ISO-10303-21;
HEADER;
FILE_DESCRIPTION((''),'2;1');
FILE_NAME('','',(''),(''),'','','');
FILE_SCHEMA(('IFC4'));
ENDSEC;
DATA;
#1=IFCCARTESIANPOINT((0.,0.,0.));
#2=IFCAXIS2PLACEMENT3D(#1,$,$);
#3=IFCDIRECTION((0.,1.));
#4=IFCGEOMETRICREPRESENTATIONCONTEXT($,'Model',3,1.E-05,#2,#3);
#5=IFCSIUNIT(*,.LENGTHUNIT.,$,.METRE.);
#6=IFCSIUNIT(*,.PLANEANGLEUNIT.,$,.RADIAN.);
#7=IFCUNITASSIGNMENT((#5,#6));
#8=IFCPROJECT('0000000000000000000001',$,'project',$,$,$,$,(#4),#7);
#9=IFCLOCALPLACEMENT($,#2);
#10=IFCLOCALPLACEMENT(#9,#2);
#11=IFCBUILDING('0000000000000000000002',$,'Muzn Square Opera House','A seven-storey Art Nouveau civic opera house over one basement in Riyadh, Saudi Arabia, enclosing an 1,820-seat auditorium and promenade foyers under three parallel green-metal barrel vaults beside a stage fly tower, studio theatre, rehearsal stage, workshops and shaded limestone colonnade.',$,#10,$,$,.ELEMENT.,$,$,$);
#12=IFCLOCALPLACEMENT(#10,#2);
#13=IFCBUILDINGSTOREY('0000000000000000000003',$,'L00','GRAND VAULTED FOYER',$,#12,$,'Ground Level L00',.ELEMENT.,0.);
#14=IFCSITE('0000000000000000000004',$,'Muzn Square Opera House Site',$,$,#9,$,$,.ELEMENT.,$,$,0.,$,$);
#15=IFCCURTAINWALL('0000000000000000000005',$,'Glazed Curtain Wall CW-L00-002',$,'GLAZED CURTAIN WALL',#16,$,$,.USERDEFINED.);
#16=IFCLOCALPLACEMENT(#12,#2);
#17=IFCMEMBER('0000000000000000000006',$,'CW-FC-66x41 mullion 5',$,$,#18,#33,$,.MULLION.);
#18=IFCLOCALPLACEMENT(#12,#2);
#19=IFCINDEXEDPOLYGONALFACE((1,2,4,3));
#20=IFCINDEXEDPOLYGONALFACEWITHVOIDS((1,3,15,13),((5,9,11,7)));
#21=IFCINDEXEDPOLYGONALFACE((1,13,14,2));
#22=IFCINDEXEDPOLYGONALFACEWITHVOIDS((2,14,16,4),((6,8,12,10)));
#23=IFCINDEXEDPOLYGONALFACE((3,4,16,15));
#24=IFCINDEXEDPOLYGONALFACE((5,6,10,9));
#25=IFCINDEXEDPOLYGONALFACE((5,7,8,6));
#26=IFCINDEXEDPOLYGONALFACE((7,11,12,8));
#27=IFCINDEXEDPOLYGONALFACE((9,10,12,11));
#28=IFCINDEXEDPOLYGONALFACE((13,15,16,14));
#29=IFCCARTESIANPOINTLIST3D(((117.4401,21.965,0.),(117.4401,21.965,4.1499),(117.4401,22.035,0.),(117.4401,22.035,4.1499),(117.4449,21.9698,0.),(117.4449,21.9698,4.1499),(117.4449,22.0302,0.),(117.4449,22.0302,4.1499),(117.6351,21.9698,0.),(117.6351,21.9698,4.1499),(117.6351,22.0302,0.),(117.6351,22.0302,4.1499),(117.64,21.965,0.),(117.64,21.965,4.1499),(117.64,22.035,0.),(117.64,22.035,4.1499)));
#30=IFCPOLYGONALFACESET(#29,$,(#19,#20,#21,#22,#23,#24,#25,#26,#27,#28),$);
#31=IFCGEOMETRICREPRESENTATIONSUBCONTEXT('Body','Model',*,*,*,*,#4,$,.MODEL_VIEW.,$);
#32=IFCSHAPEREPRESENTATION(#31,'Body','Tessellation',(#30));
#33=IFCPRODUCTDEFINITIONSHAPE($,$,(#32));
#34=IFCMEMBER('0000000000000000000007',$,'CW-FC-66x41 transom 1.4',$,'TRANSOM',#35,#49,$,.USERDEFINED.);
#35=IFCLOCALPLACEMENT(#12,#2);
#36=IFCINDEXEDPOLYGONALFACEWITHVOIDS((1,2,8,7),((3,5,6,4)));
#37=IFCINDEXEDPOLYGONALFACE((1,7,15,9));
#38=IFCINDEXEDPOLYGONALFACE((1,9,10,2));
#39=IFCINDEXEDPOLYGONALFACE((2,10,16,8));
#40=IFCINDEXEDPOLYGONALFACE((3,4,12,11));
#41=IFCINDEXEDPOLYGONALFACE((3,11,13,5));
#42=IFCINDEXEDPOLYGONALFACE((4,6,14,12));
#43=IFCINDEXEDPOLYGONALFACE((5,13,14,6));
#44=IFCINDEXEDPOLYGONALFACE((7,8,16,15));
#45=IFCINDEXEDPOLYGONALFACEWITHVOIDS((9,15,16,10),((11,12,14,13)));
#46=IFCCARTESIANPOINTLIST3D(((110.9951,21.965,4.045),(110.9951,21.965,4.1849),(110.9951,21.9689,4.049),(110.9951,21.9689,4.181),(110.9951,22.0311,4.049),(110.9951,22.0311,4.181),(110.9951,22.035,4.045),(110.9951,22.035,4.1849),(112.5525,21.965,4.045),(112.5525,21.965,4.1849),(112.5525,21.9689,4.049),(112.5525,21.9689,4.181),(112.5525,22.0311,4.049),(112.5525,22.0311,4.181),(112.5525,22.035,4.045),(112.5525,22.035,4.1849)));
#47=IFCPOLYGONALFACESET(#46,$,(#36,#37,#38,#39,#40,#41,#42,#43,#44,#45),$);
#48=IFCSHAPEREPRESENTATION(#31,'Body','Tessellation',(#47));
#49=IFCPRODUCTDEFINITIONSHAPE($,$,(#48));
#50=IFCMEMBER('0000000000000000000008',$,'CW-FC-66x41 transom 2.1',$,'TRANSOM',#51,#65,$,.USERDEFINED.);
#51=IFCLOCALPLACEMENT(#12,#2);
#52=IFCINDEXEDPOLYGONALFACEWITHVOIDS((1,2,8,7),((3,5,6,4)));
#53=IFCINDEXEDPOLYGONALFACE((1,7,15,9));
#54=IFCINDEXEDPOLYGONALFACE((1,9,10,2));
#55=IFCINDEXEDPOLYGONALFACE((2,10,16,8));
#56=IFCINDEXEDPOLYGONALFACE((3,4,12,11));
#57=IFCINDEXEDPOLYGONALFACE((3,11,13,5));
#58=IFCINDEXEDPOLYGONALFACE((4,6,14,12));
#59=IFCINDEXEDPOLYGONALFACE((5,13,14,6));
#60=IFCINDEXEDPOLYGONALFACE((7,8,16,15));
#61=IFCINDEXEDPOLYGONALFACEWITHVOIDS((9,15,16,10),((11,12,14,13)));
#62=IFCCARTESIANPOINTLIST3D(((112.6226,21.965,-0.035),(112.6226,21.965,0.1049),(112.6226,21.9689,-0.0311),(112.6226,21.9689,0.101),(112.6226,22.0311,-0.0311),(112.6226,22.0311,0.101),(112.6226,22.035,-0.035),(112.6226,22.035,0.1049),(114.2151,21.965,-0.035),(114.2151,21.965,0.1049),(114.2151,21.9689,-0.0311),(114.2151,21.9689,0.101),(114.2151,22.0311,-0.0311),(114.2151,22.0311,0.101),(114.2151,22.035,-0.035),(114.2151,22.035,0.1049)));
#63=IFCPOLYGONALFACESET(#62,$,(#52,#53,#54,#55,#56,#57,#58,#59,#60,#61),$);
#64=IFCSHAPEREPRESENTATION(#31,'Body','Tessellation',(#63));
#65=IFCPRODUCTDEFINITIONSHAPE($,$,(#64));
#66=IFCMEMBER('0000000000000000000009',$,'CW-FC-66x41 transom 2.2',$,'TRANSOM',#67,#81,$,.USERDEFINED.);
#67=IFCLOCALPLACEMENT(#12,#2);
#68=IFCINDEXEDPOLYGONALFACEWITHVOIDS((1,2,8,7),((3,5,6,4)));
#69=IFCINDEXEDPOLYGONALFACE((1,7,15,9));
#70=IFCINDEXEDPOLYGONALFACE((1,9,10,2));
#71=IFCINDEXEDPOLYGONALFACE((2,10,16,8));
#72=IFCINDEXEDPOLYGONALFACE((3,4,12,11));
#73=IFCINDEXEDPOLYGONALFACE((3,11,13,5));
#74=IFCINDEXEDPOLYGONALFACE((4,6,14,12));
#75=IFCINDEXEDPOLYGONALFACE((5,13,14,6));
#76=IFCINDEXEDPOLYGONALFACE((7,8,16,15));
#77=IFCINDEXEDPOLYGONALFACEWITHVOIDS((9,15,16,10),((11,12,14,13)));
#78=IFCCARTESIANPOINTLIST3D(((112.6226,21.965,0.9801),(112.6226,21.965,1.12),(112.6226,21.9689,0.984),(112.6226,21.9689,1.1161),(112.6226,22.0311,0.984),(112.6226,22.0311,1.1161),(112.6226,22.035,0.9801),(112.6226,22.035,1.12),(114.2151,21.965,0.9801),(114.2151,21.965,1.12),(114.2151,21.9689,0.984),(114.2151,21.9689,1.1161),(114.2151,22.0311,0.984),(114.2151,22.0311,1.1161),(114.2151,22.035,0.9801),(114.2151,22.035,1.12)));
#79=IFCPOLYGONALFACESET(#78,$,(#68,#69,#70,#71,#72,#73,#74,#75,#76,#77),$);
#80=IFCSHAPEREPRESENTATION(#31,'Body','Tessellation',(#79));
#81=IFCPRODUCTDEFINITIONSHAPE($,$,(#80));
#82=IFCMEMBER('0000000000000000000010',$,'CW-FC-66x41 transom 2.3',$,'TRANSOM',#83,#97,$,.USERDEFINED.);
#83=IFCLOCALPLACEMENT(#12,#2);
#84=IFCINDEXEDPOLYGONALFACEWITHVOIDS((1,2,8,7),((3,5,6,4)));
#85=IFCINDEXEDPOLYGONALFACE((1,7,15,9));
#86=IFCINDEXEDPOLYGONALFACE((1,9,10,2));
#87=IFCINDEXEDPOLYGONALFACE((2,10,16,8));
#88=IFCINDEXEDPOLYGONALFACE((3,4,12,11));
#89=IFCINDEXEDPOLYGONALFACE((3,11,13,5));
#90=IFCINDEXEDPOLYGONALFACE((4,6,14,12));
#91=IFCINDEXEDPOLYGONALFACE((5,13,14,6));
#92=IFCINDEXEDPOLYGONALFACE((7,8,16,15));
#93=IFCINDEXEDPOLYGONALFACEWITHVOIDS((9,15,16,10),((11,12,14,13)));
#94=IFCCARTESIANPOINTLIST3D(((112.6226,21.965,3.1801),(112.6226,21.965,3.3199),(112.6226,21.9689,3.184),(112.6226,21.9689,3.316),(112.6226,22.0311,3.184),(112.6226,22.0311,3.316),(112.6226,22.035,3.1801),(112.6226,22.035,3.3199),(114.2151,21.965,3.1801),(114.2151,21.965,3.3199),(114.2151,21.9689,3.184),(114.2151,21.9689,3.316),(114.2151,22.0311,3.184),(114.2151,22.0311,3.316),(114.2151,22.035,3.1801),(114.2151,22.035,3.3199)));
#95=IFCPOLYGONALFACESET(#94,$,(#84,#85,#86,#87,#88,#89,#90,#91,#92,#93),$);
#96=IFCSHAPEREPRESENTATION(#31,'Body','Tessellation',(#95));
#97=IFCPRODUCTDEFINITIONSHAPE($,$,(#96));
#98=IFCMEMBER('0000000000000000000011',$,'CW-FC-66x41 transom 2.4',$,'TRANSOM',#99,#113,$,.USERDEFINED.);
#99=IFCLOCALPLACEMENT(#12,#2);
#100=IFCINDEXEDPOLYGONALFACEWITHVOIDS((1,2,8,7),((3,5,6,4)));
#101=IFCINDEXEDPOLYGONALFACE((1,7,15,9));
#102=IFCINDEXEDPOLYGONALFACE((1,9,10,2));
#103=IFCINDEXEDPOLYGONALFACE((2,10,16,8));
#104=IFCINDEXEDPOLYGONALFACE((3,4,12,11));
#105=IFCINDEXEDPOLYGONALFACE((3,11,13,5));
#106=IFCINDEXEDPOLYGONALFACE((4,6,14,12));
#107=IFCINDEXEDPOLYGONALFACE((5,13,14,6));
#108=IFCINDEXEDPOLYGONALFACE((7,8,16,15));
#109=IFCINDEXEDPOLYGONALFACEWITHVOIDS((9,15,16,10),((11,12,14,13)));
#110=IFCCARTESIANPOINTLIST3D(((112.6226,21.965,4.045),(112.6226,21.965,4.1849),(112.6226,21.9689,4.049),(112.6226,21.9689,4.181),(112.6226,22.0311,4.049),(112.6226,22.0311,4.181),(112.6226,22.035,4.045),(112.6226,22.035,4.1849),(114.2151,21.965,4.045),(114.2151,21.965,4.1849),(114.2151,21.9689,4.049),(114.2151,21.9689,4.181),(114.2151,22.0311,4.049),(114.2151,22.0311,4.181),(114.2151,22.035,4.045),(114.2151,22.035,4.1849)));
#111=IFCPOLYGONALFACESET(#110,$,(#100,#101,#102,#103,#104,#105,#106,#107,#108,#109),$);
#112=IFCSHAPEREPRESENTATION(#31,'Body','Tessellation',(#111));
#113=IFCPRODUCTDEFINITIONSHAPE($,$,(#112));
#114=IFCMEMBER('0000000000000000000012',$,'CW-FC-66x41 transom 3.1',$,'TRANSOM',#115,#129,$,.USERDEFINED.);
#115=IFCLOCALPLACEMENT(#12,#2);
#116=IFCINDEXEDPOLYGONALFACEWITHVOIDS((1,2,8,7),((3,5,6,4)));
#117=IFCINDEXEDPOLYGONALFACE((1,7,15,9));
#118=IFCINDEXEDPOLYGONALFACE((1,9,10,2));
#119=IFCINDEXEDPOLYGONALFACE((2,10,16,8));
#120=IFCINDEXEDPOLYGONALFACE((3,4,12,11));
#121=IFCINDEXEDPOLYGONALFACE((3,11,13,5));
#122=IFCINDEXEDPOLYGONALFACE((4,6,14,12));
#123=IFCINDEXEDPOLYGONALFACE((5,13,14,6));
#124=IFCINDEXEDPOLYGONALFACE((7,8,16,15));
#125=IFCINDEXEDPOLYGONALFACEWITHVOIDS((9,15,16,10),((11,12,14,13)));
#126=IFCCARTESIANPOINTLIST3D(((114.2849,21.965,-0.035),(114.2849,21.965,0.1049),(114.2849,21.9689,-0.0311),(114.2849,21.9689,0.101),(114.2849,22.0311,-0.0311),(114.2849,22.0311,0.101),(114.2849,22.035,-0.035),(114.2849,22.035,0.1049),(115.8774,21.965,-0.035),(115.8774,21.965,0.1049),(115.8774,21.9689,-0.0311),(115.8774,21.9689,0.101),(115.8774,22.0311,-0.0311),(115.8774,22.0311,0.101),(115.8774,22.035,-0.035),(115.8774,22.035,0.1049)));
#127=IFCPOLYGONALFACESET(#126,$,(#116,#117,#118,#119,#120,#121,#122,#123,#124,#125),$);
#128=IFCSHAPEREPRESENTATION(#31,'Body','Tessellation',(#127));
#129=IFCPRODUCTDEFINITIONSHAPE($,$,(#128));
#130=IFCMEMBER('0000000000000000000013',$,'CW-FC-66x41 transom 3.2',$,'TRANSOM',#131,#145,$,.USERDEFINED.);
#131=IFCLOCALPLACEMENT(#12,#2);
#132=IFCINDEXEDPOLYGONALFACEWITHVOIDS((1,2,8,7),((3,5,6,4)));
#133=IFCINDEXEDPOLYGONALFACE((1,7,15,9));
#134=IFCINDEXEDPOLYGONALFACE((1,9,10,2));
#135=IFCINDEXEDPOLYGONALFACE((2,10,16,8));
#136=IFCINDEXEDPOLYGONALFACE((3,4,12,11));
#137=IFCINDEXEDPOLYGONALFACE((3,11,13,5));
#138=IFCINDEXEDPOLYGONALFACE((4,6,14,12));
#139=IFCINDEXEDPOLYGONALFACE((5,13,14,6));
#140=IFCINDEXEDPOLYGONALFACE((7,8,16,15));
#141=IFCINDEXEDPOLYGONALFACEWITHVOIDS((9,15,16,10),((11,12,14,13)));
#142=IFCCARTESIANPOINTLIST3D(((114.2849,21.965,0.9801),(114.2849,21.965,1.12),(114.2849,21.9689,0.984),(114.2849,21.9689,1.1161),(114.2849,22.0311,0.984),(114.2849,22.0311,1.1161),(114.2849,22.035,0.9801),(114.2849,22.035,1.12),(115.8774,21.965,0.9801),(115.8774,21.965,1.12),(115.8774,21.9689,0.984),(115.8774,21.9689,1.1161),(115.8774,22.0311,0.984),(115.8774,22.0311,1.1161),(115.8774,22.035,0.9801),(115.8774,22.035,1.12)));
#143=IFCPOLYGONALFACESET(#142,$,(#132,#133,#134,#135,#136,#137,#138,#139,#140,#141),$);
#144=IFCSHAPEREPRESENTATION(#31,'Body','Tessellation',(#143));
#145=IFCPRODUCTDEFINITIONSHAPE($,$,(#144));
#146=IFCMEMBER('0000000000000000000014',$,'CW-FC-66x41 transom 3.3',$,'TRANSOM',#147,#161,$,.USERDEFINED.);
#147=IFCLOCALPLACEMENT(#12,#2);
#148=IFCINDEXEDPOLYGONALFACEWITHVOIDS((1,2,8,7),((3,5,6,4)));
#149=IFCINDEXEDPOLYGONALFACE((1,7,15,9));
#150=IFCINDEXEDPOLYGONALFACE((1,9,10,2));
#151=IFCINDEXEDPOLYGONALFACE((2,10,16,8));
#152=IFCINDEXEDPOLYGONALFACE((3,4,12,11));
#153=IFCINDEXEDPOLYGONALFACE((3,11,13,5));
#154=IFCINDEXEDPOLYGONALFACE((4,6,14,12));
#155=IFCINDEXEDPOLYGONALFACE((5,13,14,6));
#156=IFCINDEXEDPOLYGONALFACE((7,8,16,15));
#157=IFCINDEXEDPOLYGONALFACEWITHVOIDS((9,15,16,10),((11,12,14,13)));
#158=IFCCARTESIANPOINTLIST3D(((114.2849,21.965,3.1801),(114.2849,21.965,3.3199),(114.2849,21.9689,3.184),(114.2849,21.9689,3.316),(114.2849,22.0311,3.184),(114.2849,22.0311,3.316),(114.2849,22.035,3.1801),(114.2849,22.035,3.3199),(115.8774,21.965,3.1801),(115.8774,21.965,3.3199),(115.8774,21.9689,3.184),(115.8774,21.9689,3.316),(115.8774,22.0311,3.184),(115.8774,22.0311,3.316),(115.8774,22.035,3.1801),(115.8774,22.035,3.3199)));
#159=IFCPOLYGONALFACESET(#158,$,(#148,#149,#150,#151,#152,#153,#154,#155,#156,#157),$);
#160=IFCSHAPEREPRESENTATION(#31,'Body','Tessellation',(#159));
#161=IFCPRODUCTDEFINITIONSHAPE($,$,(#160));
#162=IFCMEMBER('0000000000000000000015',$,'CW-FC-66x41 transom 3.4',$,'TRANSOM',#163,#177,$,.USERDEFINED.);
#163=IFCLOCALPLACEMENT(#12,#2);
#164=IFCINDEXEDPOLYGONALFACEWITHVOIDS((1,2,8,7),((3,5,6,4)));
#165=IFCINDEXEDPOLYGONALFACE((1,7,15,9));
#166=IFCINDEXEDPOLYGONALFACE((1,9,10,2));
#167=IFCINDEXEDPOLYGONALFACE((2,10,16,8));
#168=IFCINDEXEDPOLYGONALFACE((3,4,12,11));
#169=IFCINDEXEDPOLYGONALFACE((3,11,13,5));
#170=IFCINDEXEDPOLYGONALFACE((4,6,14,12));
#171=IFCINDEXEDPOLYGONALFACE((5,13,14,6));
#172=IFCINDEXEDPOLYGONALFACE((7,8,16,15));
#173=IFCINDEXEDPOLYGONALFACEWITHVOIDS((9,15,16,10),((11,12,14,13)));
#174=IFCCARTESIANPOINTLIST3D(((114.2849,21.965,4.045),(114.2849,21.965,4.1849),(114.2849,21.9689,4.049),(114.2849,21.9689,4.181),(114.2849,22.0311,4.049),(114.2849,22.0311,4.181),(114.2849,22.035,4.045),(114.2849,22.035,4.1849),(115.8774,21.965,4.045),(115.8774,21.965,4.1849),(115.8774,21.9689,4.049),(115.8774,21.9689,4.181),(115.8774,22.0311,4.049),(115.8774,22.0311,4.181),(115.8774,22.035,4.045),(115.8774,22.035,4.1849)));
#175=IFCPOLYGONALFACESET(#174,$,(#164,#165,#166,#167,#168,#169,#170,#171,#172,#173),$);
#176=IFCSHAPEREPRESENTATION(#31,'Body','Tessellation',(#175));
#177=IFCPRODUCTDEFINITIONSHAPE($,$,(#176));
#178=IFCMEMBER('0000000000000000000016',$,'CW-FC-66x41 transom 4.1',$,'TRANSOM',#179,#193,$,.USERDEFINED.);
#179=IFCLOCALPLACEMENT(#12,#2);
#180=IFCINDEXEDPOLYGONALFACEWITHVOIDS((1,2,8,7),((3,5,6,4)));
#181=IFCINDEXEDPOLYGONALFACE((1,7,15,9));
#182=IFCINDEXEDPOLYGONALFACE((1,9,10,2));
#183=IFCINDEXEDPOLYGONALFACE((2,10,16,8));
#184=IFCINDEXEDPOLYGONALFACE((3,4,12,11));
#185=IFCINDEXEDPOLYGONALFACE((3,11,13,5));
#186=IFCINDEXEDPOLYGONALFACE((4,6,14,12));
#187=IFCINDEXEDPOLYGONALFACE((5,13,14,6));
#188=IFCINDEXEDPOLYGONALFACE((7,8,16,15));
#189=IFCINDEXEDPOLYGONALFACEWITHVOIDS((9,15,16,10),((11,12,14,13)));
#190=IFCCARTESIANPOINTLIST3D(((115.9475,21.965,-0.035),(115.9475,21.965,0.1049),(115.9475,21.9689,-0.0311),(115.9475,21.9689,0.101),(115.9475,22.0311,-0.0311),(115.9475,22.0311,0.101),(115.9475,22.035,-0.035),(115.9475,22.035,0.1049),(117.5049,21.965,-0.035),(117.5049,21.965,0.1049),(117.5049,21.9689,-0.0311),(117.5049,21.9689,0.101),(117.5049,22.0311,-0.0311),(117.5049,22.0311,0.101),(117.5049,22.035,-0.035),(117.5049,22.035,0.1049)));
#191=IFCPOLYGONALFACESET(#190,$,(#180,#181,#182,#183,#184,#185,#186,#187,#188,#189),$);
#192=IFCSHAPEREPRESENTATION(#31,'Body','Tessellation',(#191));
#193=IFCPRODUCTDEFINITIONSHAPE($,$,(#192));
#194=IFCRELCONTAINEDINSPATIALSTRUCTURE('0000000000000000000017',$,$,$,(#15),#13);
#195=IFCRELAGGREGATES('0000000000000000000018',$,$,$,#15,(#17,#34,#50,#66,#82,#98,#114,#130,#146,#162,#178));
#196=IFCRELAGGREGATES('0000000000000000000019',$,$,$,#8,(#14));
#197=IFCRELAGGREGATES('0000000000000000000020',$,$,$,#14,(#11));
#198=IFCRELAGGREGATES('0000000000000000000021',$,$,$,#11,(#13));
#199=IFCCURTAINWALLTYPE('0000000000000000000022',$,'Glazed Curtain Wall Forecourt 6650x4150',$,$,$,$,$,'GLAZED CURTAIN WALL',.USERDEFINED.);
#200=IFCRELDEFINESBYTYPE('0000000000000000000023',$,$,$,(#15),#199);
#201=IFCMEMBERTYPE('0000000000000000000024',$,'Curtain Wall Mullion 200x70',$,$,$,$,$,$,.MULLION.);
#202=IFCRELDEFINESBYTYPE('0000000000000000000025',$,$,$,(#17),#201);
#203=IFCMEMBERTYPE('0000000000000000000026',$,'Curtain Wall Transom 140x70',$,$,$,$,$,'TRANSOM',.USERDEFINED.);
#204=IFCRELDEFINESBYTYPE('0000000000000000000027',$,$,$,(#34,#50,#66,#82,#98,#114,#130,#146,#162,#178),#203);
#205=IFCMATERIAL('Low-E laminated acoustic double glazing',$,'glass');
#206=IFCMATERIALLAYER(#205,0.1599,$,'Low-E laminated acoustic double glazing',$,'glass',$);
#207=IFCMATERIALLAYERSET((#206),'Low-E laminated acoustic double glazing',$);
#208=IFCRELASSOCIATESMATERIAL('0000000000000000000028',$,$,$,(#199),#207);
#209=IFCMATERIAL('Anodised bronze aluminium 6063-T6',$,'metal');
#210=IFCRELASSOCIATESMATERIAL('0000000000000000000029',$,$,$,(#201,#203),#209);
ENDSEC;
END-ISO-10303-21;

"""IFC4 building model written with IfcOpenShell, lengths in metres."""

from ifc_helpers import new_model, si_unit, direction, frame, origin, origin_2d, place, context, subcontext, project, spatial, hollow_rectangle, extrude, material, layer, layer_set, material_profile, profile_set, type_object, element, aggregate, save


model = new_model("IFC4")

# Units and contexts
model_context = context("Model", 3, precision=1e-05, world=origin(), true_north=direction((0.0, 1.0)))
body_context = subcontext(model_context, "Body", "Model", "MODEL_VIEW")
ifc_project = project(units=[si_unit("LENGTHUNIT", "METRE"), si_unit("PLANEANGLEUNIT", "RADIAN")], contexts=[model_context])

# Site, building, storey
site_placement = place(None, origin())
site = spatial("IfcSite", under=ifc_project, at=site_placement, Name="Muzn Square Opera House Site", CompositionType="ELEMENT", RefElevation=0.0)
building_placement = place(site_placement, origin())
building = spatial("IfcBuilding", under=site, at=building_placement, Name="Muzn Square Opera House", Description="A seven-storey Art Nouveau civic opera house over one basement in Riyadh, Saudi Arabia, enclosing an 1,820-seat auditorium and promenade foyers under three parallel green-metal barrel vaults beside a stage fly tower, studio theatre, rehearsal stage, workshops and shaded limestone colonnade.", CompositionType="ELEMENT")
storey_placement = place(building_placement, origin())
storey = spatial("IfcBuildingStorey", under=building, at=storey_placement, Name="L00", Description="GRAND VAULTED FOYER", LongName="Ground Level L00", CompositionType="ELEMENT", Elevation=0.0)

# Curtain wall, members
ifc_material_1 = material(Name="Low-E laminated acoustic double glazing", Category="glass")
ifc_layer_1 = layer(ifc_material_1, 0.1599, Name="Low-E laminated acoustic double glazing", Category="glass")
ifc_layer_set_1 = layer_set([ifc_layer_1], Name="Low-E laminated acoustic double glazing")
curtain_wall_type = type_object("IfcCurtainWallType", Name="Glazed Curtain Wall Forecourt 6650x4150", ElementType="GLAZED CURTAIN WALL", PredefinedType="USERDEFINED", material=ifc_layer_set_1)
curtain_wall_placement = place(storey_placement, origin())
curtain_wall = element("IfcCurtainWall", 1, at=curtain_wall_placement, inside=storey, type_object=curtain_wall_type, Name="Glazed Curtain Wall CW-L00-002", ObjectType="GLAZED CURTAIN WALL", PredefinedType="USERDEFINED")
ifc_material_2 = material(Name="Anodised bronze aluminium 6063-T6", Category="metal")
ifc_material_profile_1 = material_profile(ifc_material_2, hollow_rectangle(XDim=0.0701, YDim=0.2, WallThickness=0.0049, at=origin_2d()), Name="ALU 200x70x5", Category="metal")
ifc_profile_set_1 = profile_set([ifc_material_profile_1], Name="Anodised bronze aluminium 6063-T6")
member_type_1 = type_object("IfcMemberType", Name="Curtain Wall Mullion 200x70", PredefinedType="MULLION", material=ifc_profile_set_1)
member_1_placement = place(storey_placement, frame((117.54, 22.0, 0.0), z_axis=(0.0, 0.0, 1.0), x_axis=(0.0, 1.0, 0.0)))
member_1 = element("IfcMember", 2, at=member_1_placement, type_object=member_type_1, Name="CW-FC-66x41 mullion 5", PredefinedType="MULLION", context=body_context, shape_type="SweptSolid", body=[
    extrude(hollow_rectangle(XDim=0.0701, YDim=0.2, WallThickness=0.0049, at=origin_2d()), origin(), (0.0, 0.0, 1.0), 4.1499),
])
ifc_material_profile_2 = material_profile(ifc_material_2, hollow_rectangle(XDim=0.0701, YDim=0.1399, WallThickness=0.0039, at=origin_2d()), Name="ALU 140x70x4", Category="metal")
ifc_profile_set_2 = profile_set([ifc_material_profile_2], Name="Anodised bronze aluminium 6063-T6")
member_type_2 = type_object("IfcMemberType", Name="Curtain Wall Transom 140x70", ElementType="TRANSOM", PredefinedType="USERDEFINED", material=ifc_profile_set_2)
member_2_placement = place(storey_placement, frame((110.9951, 22.0, 4.115), z_axis=(1.0, 0.0, 0.0), x_axis=(0.0, 1.0, 0.0)))
member_2 = element("IfcMember", 3, at=member_2_placement, type_object=member_type_2, Name="CW-FC-66x41 transom 1.4", ObjectType="TRANSOM", PredefinedType="USERDEFINED", context=body_context, shape_type="SweptSolid", body=[
    extrude(hollow_rectangle(XDim=0.0701, YDim=0.1399, WallThickness=0.0039, at=origin_2d()), origin(), (0.0, 0.0, 1.0), 1.5574),
])
member_3_placement = place(storey_placement, frame((112.6226, 22.0, 0.0349), z_axis=(1.0, 0.0, 0.0), x_axis=(0.0, 1.0, 0.0)))
member_3 = element("IfcMember", 4, at=member_3_placement, type_object=member_type_2, Name="CW-FC-66x41 transom 2.1", ObjectType="TRANSOM", PredefinedType="USERDEFINED", context=body_context, shape_type="SweptSolid", body=[
    extrude(hollow_rectangle(XDim=0.0701, YDim=0.1399, WallThickness=0.0039, at=origin_2d()), origin(), (0.0, 0.0, 1.0), 1.5925),
])
member_4_placement = place(storey_placement, frame((112.6226, 22.0, 1.05), z_axis=(1.0, 0.0, 0.0), x_axis=(0.0, 1.0, 0.0)))
member_4 = element("IfcMember", 5, at=member_4_placement, type_object=member_type_2, Name="CW-FC-66x41 transom 2.2", ObjectType="TRANSOM", PredefinedType="USERDEFINED", context=body_context, shape_type="SweptSolid", body=[
    extrude(hollow_rectangle(XDim=0.0701, YDim=0.1399, WallThickness=0.0039, at=origin_2d()), origin(), (0.0, 0.0, 1.0), 1.5925),
])
member_5_placement = place(storey_placement, frame((112.6226, 22.0, 3.25), z_axis=(1.0, 0.0, 0.0), x_axis=(0.0, 1.0, 0.0)))
member_5 = element("IfcMember", 6, at=member_5_placement, type_object=member_type_2, Name="CW-FC-66x41 transom 2.3", ObjectType="TRANSOM", PredefinedType="USERDEFINED", context=body_context, shape_type="SweptSolid", body=[
    extrude(hollow_rectangle(XDim=0.0701, YDim=0.1399, WallThickness=0.0039, at=origin_2d()), origin(), (0.0, 0.0, 1.0), 1.5925),
])
member_6_placement = place(storey_placement, frame((112.6226, 22.0, 4.115), z_axis=(1.0, 0.0, 0.0), x_axis=(0.0, 1.0, 0.0)))
member_6 = element("IfcMember", 7, at=member_6_placement, type_object=member_type_2, Name="CW-FC-66x41 transom 2.4", ObjectType="TRANSOM", PredefinedType="USERDEFINED", context=body_context, shape_type="SweptSolid", body=[
    extrude(hollow_rectangle(XDim=0.0701, YDim=0.1399, WallThickness=0.0039, at=origin_2d()), origin(), (0.0, 0.0, 1.0), 1.5925),
])
member_7_placement = place(storey_placement, frame((114.2849, 22.0, 0.0349), z_axis=(1.0, 0.0, 0.0), x_axis=(0.0, 1.0, 0.0)))
member_7 = element("IfcMember", 8, at=member_7_placement, type_object=member_type_2, Name="CW-FC-66x41 transom 3.1", ObjectType="TRANSOM", PredefinedType="USERDEFINED", context=body_context, shape_type="SweptSolid", body=[
    extrude(hollow_rectangle(XDim=0.0701, YDim=0.1399, WallThickness=0.0039, at=origin_2d()), origin(), (0.0, 0.0, 1.0), 1.5925),
])
member_8_placement = place(storey_placement, frame((114.2849, 22.0, 1.05), z_axis=(1.0, 0.0, 0.0), x_axis=(0.0, 1.0, 0.0)))
member_8 = element("IfcMember", 9, at=member_8_placement, type_object=member_type_2, Name="CW-FC-66x41 transom 3.2", ObjectType="TRANSOM", PredefinedType="USERDEFINED", context=body_context, shape_type="SweptSolid", body=[
    extrude(hollow_rectangle(XDim=0.0701, YDim=0.1399, WallThickness=0.0039, at=origin_2d()), origin(), (0.0, 0.0, 1.0), 1.5925),
])
member_9_placement = place(storey_placement, frame((114.2849, 22.0, 3.25), z_axis=(1.0, 0.0, 0.0), x_axis=(0.0, 1.0, 0.0)))
member_9 = element("IfcMember", 10, at=member_9_placement, type_object=member_type_2, Name="CW-FC-66x41 transom 3.3", ObjectType="TRANSOM", PredefinedType="USERDEFINED", context=body_context, shape_type="SweptSolid", body=[
    extrude(hollow_rectangle(XDim=0.0701, YDim=0.1399, WallThickness=0.0039, at=origin_2d()), origin(), (0.0, 0.0, 1.0), 1.5925),
])
member_10_placement = place(storey_placement, frame((114.2849, 22.0, 4.115), z_axis=(1.0, 0.0, 0.0), x_axis=(0.0, 1.0, 0.0)))
member_10 = element("IfcMember", 11, at=member_10_placement, type_object=member_type_2, Name="CW-FC-66x41 transom 3.4", ObjectType="TRANSOM", PredefinedType="USERDEFINED", context=body_context, shape_type="SweptSolid", body=[
    extrude(hollow_rectangle(XDim=0.0701, YDim=0.1399, WallThickness=0.0039, at=origin_2d()), origin(), (0.0, 0.0, 1.0), 1.5925),
])
member_11_placement = place(storey_placement, frame((115.9475, 22.0, 0.0349), z_axis=(1.0, 0.0, 0.0), x_axis=(0.0, 1.0, 0.0)))
member_11 = element("IfcMember", 12, at=member_11_placement, type_object=member_type_2, Name="CW-FC-66x41 transom 4.1", ObjectType="TRANSOM", PredefinedType="USERDEFINED", context=body_context, shape_type="SweptSolid", body=[
    extrude(hollow_rectangle(XDim=0.0701, YDim=0.1399, WallThickness=0.0039, at=origin_2d()), origin(), (0.0, 0.0, 1.0), 1.5574),
])

aggregate(curtain_wall, [member_1, member_2, member_3, member_4, member_5, member_6, member_7, member_8, member_9, member_10, member_11])

save(model, "model.ifc")
